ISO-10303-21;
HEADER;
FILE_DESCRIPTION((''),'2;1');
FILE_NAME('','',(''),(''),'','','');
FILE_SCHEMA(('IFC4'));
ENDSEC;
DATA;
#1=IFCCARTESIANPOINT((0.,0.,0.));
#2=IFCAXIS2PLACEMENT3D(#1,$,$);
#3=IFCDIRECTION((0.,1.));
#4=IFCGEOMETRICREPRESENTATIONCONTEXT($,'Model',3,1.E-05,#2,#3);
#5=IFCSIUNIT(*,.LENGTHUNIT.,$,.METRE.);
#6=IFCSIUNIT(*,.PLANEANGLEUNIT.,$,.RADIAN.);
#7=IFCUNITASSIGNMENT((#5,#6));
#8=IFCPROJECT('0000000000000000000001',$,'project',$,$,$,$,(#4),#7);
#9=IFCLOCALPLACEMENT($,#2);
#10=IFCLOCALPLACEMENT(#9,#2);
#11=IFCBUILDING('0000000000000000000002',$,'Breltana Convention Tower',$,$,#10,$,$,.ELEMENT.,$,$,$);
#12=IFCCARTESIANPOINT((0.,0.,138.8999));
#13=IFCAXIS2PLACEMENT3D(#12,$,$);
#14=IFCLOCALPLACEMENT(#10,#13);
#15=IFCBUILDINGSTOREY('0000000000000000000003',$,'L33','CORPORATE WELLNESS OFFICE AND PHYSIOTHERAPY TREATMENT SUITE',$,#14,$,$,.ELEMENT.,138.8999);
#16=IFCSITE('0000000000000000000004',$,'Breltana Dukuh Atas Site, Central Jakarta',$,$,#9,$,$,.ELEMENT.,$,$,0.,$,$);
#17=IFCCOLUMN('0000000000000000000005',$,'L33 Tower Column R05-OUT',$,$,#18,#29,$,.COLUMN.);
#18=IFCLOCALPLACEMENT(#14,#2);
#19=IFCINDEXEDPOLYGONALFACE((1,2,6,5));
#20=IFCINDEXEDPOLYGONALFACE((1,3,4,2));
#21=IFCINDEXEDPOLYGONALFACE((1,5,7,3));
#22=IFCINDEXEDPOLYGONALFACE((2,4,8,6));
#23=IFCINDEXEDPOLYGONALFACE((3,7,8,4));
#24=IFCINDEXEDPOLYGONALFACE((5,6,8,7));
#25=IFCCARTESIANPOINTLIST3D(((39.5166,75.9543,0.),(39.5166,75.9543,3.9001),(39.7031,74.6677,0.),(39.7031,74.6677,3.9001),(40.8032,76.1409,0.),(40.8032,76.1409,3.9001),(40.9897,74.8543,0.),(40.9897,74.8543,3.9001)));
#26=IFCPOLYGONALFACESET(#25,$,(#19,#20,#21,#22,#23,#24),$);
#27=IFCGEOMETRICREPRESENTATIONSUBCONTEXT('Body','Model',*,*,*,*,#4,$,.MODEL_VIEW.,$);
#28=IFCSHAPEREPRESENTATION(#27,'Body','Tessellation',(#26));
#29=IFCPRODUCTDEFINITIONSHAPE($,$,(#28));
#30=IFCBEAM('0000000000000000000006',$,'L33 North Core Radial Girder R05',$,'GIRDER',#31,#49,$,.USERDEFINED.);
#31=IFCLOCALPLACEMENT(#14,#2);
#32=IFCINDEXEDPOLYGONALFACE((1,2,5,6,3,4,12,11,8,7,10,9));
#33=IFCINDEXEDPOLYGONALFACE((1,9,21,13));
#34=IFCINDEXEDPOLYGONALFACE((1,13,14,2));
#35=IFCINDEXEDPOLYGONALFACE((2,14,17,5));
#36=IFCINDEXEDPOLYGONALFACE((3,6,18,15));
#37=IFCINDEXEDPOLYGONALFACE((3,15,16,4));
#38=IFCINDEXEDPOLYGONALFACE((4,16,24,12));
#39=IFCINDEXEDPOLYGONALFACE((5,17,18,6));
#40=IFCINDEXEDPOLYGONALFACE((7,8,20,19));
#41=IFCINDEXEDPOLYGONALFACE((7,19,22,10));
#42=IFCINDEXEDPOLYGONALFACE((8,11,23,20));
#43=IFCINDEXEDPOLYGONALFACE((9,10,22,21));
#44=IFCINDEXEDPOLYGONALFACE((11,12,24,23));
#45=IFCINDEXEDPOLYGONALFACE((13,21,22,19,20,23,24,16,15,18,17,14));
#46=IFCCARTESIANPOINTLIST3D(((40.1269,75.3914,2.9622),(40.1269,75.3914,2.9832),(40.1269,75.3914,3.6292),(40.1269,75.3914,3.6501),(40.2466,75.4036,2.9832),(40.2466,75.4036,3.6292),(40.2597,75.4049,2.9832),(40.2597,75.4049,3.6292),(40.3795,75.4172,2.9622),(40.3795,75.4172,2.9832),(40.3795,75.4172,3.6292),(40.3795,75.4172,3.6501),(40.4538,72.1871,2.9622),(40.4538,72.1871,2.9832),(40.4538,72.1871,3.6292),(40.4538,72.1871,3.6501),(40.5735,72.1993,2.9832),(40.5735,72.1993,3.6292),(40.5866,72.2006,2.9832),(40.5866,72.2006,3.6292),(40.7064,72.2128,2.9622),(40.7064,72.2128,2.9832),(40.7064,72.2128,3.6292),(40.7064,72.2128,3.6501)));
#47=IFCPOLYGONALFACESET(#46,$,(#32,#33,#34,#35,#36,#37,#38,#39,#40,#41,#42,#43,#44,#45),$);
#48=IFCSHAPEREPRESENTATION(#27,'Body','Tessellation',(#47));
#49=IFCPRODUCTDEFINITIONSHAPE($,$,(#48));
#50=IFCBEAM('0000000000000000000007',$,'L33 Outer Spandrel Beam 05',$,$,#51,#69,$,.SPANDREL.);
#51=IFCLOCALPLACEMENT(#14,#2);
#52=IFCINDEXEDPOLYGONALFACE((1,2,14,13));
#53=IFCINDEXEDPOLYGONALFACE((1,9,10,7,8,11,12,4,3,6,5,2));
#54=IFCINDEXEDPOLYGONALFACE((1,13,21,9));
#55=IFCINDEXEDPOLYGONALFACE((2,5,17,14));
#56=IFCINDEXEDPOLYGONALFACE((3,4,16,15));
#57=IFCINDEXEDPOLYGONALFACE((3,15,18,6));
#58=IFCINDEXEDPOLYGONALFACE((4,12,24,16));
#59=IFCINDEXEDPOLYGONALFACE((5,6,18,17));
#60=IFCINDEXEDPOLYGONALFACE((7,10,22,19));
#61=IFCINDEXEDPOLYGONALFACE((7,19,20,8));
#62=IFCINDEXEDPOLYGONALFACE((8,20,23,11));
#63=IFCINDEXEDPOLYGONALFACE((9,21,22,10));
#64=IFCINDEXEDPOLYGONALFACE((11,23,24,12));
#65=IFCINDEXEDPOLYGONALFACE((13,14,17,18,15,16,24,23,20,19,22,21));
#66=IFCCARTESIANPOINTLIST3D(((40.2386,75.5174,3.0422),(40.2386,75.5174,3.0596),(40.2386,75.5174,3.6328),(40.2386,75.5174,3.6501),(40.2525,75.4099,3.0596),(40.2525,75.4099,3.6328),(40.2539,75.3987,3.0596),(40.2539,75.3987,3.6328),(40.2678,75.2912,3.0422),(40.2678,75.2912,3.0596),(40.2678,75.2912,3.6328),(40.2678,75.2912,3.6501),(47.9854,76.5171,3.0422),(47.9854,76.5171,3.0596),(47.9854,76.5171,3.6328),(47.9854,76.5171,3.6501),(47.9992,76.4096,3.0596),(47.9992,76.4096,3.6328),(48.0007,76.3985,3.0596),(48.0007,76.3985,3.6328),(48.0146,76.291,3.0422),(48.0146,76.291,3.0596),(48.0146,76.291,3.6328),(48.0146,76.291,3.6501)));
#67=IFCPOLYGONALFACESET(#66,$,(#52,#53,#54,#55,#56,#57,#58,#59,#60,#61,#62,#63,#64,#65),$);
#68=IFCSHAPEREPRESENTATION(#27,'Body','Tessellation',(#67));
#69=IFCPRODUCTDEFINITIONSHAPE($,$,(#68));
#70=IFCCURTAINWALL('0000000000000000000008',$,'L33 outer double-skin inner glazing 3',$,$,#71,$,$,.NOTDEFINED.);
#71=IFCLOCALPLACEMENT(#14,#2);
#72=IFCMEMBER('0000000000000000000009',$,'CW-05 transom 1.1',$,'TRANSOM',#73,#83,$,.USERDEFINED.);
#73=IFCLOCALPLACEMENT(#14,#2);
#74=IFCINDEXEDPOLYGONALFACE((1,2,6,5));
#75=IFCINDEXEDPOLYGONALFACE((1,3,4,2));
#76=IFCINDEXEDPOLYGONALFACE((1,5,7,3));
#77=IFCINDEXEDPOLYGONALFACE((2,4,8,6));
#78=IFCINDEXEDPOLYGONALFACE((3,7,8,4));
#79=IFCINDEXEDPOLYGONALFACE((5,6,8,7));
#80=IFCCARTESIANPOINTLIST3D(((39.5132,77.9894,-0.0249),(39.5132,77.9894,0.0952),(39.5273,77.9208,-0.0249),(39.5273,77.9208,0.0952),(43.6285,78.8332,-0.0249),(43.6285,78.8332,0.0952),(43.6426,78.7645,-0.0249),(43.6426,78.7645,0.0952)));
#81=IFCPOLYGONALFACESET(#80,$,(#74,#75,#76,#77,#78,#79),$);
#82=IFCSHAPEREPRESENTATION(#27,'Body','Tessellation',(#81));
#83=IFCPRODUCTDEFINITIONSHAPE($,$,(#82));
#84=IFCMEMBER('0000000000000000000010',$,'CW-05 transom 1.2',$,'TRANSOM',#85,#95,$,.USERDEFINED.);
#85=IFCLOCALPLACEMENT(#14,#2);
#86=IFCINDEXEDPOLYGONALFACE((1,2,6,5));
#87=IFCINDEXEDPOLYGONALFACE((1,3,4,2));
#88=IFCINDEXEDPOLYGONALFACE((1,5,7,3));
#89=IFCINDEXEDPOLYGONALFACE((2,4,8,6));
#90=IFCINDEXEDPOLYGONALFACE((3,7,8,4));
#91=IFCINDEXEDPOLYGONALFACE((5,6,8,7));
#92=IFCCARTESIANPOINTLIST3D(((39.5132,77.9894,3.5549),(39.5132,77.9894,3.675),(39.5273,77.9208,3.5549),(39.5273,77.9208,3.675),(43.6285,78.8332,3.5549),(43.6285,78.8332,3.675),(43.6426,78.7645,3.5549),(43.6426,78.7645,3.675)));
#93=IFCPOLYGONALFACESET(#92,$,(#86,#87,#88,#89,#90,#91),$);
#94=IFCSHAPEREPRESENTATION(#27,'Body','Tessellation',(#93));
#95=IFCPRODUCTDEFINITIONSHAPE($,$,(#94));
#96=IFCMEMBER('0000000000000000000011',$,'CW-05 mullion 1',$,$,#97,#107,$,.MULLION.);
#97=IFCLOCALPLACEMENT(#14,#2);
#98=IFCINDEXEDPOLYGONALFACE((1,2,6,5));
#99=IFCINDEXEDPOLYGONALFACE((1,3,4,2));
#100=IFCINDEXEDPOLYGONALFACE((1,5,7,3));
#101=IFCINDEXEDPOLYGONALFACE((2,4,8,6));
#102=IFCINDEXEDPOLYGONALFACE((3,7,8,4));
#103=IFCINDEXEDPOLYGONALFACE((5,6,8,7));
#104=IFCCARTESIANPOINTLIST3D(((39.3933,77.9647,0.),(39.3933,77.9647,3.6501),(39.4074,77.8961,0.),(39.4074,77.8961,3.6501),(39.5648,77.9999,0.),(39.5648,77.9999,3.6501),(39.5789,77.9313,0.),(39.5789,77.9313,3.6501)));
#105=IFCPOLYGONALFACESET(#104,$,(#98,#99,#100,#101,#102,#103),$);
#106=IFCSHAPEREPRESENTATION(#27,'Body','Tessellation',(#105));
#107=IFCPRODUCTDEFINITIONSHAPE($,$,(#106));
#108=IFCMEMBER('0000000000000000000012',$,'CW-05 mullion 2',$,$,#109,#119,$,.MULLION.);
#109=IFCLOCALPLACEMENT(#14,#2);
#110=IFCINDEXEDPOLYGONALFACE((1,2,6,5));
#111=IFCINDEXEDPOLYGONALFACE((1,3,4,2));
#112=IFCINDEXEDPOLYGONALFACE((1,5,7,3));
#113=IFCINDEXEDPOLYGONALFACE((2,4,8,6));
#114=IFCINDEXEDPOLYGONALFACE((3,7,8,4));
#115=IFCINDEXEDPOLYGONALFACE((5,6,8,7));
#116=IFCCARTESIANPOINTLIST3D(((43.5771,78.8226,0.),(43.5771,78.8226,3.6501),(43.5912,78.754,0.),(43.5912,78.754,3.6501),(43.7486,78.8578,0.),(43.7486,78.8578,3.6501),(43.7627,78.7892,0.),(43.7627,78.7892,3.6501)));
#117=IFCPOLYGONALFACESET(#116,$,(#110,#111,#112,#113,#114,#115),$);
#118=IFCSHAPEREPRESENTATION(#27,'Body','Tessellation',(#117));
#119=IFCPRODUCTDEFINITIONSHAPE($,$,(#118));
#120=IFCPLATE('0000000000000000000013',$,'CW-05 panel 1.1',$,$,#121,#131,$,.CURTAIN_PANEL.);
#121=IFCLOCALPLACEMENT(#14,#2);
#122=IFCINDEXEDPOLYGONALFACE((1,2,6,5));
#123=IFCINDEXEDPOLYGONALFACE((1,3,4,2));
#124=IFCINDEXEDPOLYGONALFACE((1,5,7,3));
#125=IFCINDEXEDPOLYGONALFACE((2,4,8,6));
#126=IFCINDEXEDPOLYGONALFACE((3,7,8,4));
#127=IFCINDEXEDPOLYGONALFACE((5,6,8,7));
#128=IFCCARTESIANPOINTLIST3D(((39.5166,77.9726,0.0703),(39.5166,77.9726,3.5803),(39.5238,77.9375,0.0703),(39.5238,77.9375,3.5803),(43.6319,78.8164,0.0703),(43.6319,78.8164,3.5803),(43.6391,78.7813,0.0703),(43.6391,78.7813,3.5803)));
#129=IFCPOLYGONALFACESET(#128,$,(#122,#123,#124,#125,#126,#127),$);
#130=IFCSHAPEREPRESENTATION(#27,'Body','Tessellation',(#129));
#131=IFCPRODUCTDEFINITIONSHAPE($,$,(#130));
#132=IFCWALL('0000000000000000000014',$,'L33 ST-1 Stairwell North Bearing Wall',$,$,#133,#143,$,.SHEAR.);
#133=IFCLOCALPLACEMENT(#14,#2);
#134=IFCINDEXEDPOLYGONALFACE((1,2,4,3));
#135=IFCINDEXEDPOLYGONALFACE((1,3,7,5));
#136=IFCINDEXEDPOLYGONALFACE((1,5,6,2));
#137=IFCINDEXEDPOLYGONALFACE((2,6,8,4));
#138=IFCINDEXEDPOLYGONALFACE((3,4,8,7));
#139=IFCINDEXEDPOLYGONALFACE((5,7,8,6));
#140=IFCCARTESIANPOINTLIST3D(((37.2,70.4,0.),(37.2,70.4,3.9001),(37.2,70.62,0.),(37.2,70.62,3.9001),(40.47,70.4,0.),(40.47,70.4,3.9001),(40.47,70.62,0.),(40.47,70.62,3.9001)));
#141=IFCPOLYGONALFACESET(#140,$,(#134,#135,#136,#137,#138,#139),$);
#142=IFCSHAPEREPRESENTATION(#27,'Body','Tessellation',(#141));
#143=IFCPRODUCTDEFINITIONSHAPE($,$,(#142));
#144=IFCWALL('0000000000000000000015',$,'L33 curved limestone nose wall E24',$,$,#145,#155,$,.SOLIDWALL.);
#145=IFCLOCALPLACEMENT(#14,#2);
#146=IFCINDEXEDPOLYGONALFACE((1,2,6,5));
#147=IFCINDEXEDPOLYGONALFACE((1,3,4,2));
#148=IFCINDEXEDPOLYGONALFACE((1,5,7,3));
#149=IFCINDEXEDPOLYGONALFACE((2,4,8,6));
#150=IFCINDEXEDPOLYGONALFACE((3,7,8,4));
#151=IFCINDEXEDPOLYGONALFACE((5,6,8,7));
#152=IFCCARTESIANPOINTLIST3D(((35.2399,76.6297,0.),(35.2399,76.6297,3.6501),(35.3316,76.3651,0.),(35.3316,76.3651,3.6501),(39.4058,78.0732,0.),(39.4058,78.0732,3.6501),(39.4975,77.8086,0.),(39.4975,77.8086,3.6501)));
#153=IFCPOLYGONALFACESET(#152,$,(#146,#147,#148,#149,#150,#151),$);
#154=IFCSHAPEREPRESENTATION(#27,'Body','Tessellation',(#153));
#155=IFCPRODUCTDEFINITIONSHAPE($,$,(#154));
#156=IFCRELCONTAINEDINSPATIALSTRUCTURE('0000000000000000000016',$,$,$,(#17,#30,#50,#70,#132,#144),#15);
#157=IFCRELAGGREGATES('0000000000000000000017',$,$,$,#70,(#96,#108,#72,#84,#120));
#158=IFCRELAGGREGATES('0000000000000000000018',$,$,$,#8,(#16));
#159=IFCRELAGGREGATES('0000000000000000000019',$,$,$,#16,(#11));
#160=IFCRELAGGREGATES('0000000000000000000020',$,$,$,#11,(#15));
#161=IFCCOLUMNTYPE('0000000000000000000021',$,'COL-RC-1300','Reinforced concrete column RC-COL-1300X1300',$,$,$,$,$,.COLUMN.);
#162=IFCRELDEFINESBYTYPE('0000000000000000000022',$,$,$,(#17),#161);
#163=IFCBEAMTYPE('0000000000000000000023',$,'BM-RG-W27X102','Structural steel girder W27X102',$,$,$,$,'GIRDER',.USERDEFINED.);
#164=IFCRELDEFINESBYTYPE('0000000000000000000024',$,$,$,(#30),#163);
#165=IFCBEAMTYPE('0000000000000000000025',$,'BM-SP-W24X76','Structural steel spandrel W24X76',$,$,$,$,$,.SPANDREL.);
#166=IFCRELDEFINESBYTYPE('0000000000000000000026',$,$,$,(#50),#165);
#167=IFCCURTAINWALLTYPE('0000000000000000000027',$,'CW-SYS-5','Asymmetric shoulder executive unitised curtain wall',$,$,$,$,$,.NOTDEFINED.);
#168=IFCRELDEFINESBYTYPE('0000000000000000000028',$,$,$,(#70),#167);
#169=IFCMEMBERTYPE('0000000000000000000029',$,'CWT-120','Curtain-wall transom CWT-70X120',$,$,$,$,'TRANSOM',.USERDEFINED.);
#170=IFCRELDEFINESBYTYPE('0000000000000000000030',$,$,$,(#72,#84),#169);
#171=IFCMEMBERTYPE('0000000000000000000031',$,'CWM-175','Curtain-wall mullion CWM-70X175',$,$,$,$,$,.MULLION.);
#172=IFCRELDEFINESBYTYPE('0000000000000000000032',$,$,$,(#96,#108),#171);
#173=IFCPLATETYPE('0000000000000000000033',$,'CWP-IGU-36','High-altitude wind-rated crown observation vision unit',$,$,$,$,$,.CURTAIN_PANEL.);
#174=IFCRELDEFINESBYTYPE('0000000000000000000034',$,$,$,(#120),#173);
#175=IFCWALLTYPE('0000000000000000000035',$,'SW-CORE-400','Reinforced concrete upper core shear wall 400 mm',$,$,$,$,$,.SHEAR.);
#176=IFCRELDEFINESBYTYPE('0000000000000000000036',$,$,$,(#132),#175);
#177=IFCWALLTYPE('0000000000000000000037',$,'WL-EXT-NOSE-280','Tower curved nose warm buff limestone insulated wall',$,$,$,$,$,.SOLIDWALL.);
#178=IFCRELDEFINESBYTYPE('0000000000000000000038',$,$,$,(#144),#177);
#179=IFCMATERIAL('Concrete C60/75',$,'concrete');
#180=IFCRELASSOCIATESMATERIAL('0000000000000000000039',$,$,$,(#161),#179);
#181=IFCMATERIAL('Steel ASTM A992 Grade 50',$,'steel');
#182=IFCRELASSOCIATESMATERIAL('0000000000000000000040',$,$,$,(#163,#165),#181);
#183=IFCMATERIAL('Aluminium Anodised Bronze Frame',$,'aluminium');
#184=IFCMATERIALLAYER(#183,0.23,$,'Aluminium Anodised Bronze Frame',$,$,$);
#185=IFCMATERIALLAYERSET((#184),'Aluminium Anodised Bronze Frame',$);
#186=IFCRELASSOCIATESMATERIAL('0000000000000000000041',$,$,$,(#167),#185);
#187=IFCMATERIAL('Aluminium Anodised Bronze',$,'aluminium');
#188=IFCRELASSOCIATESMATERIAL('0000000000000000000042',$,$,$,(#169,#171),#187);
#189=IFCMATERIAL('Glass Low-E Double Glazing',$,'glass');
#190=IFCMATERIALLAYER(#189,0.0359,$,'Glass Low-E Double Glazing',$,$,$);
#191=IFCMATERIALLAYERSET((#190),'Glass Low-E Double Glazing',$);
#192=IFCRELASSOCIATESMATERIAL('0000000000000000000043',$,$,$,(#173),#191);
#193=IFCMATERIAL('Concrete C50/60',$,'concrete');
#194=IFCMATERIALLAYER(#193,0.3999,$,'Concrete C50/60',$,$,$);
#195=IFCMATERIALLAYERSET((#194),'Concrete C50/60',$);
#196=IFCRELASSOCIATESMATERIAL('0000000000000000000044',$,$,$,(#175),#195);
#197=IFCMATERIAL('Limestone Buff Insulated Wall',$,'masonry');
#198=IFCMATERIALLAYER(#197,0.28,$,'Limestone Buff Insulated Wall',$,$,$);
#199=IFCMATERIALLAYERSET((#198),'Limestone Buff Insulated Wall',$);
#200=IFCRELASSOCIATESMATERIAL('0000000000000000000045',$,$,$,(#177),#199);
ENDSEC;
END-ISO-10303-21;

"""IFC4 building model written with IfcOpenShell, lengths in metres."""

from ifc_helpers import new_model, si_unit, direction, frame, frame_2d, origin, origin_2d, place, context, subcontext, project, spatial, rectangle, i_section, extrude, source, transform, mapped, material, layer, layer_set, material_profile, profile_set, type_object, element, aggregate, save


model = new_model("IFC4")

# Units and contexts
model_context = context("Model", 3, precision=1e-05, world=origin(), true_north=direction((0.0, 1.0)))
body_context = subcontext(model_context, "Body", "Model", "MODEL_VIEW")
ifc_project = project(units=[si_unit("LENGTHUNIT", "METRE"), si_unit("PLANEANGLEUNIT", "RADIAN")], contexts=[model_context])

# Site, building, storey
site_placement = place(None, origin())
site = spatial("IfcSite", under=ifc_project, at=site_placement, Name="Breltana Dukuh Atas Site, Central Jakarta", CompositionType="ELEMENT", RefElevation=0.0)
building_placement = place(site_placement, origin())
building = spatial("IfcBuilding", under=site, at=building_placement, Name="Breltana Convention Tower", CompositionType="ELEMENT")
storey_placement = place(building_placement, frame((0.0, 0.0, 138.8999)))
storey = spatial("IfcBuildingStorey", under=building, at=storey_placement, Name="L33", Description="CORPORATE WELLNESS OFFICE AND PHYSIOTHERAPY TREATMENT SUITE", CompositionType="ELEMENT", Elevation=138.8999)

# Column
ifc_material_1 = material(Name="Concrete C60/75", Category="concrete")
ifc_material_profile_1 = material_profile(ifc_material_1, rectangle(XDim=1.3, YDim=1.3, at=origin_2d()), Name="RC-COL-1300X1300")
ifc_profile_set_1 = profile_set([ifc_material_profile_1], Name="Concrete C60/75")
column_type = type_object("IfcColumnType", Name="COL-RC-1300", Description="Reinforced concrete column RC-COL-1300X1300", PredefinedType="COLUMN", material=ifc_profile_set_1)
shared_shape_1 = source(origin(), body_context, "Body", "SweptSolid", [
    extrude(rectangle(XDim=1.3, YDim=1.3, at=origin_2d()), origin(), (0.0, 0.0, 1.0), 3.9001),
])
column_placement = place(storey_placement, frame((40.2532, 75.4043, 0.0), z_axis=(0.0, 0.0, 1.0), x_axis=(-0.143493, 0.989651, 0.0)))
element("IfcColumn", 1, at=column_placement, inside=storey, type_object=column_type, Name="L33 Tower Column R05-OUT", PredefinedType="COLUMN", context=body_context, shape_type="MappedRepresentation", body=[
    mapped(shared_shape_1, transform((0.0, 0.0, 0.0), scale=1.0)),
])

# Beams
ifc_material_2 = material(Name="Steel ASTM A992 Grade 50", Category="steel")
ifc_material_profile_2 = material_profile(ifc_material_2, i_section(OverallWidth=0.2539, OverallDepth=0.688, WebThickness=0.0132, FlangeThickness=0.021, at=origin_2d()), Name="W27X102")
ifc_profile_set_2 = profile_set([ifc_material_profile_2], Name="Steel ASTM A992 Grade 50")
beam_type_1 = type_object("IfcBeamType", Name="BM-RG-W27X102", Description="Structural steel girder W27X102", ElementType="GIRDER", PredefinedType="USERDEFINED", material=ifc_profile_set_2)
shared_shape_2 = source(origin(), body_context, "Body", "SweptSolid", [
    extrude(i_section(OverallWidth=0.2539, OverallDepth=0.688, WebThickness=0.0132, FlangeThickness=0.021, at=origin_2d()), origin(), (0.0, 0.0, 1.0), 3.2209),
])
beam_1_placement = place(storey_placement, frame((40.5801, 72.2, 3.3062), z_axis=(-0.101492, 0.994836, 0.0), x_axis=(-0.994836, -0.101492, 0.0)))
element("IfcBeam", 2, at=beam_1_placement, inside=storey, type_object=beam_type_1, Name="L33 North Core Radial Girder R05", ObjectType="GIRDER", PredefinedType="USERDEFINED", context=body_context, shape_type="MappedRepresentation", body=[
    mapped(shared_shape_2, transform((0.0, 0.0, 0.0), scale=1.0)),
])
ifc_material_profile_3 = material_profile(ifc_material_2, i_section(OverallWidth=0.228, OverallDepth=0.6079, WebThickness=0.0112, FlangeThickness=0.0173, at=origin_2d()), Name="W24X76")
ifc_profile_set_3 = profile_set([ifc_material_profile_3], Name="Steel ASTM A992 Grade 50")
beam_type_2 = type_object("IfcBeamType", Name="BM-SP-W24X76", Description="Structural steel spandrel W24X76", PredefinedType="SPANDREL", material=ifc_profile_set_3)
shared_shape_3 = source(origin(), body_context, "Body", "SweptSolid", [
    extrude(i_section(OverallWidth=0.228, OverallDepth=0.6079, WebThickness=0.0112, FlangeThickness=0.0173, at=origin_2d()), origin(), (0.0, 0.0, 1.0), 7.811),
])
beam_2_placement = place(storey_placement, frame((40.2532, 75.4043, 3.3462), z_axis=(0.991775, 0.127992, 0.0), x_axis=(-0.127992, 0.991775, 0.0)))
element("IfcBeam", 3, at=beam_2_placement, inside=storey, type_object=beam_type_2, Name="L33 Outer Spandrel Beam 05", PredefinedType="SPANDREL", context=body_context, shape_type="MappedRepresentation", body=[
    mapped(shared_shape_3, transform((0.0, 0.0, 0.0), scale=1.0)),
])

# Curtain wall, members, plate
ifc_material_3 = material(Name="Aluminium Anodised Bronze Frame", Category="aluminium")
ifc_layer_1 = layer(ifc_material_3, 0.23, Name="Aluminium Anodised Bronze Frame")
ifc_layer_set_1 = layer_set([ifc_layer_1], Name="Aluminium Anodised Bronze Frame")
curtain_wall_type = type_object("IfcCurtainWallType", Name="CW-SYS-5", Description="Asymmetric shoulder executive unitised curtain wall", PredefinedType="NOTDEFINED", material=ifc_layer_set_1)
curtain_wall_placement = place(storey_placement, origin())
curtain_wall = element("IfcCurtainWall", 4, at=curtain_wall_placement, inside=storey, type_object=curtain_wall_type, Name="L33 outer double-skin inner glazing 3", PredefinedType="NOTDEFINED")
ifc_material_4 = material(Name="Aluminium Anodised Bronze", Category="aluminium")
ifc_material_profile_4 = material_profile(ifc_material_4, rectangle(XDim=0.0701, YDim=0.1201, at=origin_2d()), Name="CWT-70X120")
ifc_profile_set_4 = profile_set([ifc_material_profile_4], Name="Aluminium Anodised Bronze")
member_type_1 = type_object("IfcMemberType", Name="CWT-120", Description="Curtain-wall transom CWT-70X120", ElementType="TRANSOM", PredefinedType="USERDEFINED", material=ifc_profile_set_4)
shared_shape_4 = source(origin(), body_context, "Body", "SweptSolid", [
    extrude(rectangle(XDim=0.0701, YDim=0.1201, at=origin_2d()), origin(), (0.0, 0.0, 1.0), 4.2009),
])
member_1_placement = place(storey_placement, frame((39.5203, 77.9551, 0.0352), z_axis=(0.979621, 0.200853, 0.0), x_axis=(-0.200853, 0.979621, 0.0)))
member_1 = element("IfcMember", 5, at=member_1_placement, type_object=member_type_1, Name="CW-05 transom 1.1", ObjectType="TRANSOM", PredefinedType="USERDEFINED", context=body_context, shape_type="MappedRepresentation", body=[
    mapped(shared_shape_4, transform((0.0, 0.0, 0.0), scale=1.0)),
])
member_2_placement = place(storey_placement, frame((39.5203, 77.9551, 3.615), z_axis=(0.979621, 0.200853, 0.0), x_axis=(-0.200853, 0.979621, 0.0)))
member_2 = element("IfcMember", 6, at=member_2_placement, type_object=member_type_1, Name="CW-05 transom 1.2", ObjectType="TRANSOM", PredefinedType="USERDEFINED", context=body_context, shape_type="MappedRepresentation", body=[
    mapped(shared_shape_4, transform((0.0, 0.0, 0.0), scale=1.0)),
])
ifc_material_profile_5 = material_profile(ifc_material_4, rectangle(XDim=0.0701, YDim=0.175, at=origin_2d()), Name="CWM-70X175")
ifc_profile_set_5 = profile_set([ifc_material_profile_5], Name="Aluminium Anodised Bronze")
member_type_2 = type_object("IfcMemberType", Name="CWM-175", Description="Curtain-wall mullion CWM-70X175", PredefinedType="MULLION", material=ifc_profile_set_5)
shared_shape_5 = source(origin(), body_context, "Body", "SweptSolid", [
    extrude(rectangle(XDim=0.0701, YDim=0.175, at=origin_2d()), origin(), (0.0, 0.0, 1.0), 3.6501),
])
member_3_placement = place(storey_placement, frame((39.4861, 77.948, 0.0), z_axis=(0.0, 0.0, 1.0), x_axis=(-0.200859, 0.97962, 0.0)))
member_3 = element("IfcMember", 7, at=member_3_placement, type_object=member_type_2, Name="CW-05 mullion 1", PredefinedType="MULLION", context=body_context, shape_type="MappedRepresentation", body=[
    mapped(shared_shape_5, transform((0.0, 0.0, 0.0), scale=1.0)),
])
member_4_placement = place(storey_placement, frame((43.6699, 78.8059, 0.0), z_axis=(0.0, 0.0, 1.0), x_axis=(-0.200859, 0.97962, 0.0)))
member_4 = element("IfcMember", 8, at=member_4_placement, type_object=member_type_2, Name="CW-05 mullion 2", PredefinedType="MULLION", context=body_context, shape_type="MappedRepresentation", body=[
    mapped(shared_shape_5, transform((0.0, 0.0, 0.0), scale=1.0)),
])
ifc_material_5 = material(Name="Glass Low-E Double Glazing", Category="glass")
ifc_layer_2 = layer(ifc_material_5, 0.0359, Name="Glass Low-E Double Glazing")
ifc_layer_set_2 = layer_set([ifc_layer_2], Name="Glass Low-E Double Glazing")
plate_type = type_object("IfcPlateType", Name="CWP-IGU-36", Description="High-altitude wind-rated crown observation vision unit", PredefinedType="CURTAIN_PANEL", material=ifc_layer_set_2)
shared_shape_6 = source(origin(), body_context, "Body", "SweptSolid", [
    extrude(rectangle(XDim=4.2009, YDim=0.0359, at=origin_2d()), origin(), (0.0, 0.0, 1.0), 3.51),
])
plate_placement = place(storey_placement, frame((41.5779, 78.377, 0.0703), z_axis=(0.0, 0.0, 1.0), x_axis=(0.97962, 0.200859, 0.0)))
plate = element("IfcPlate", 9, at=plate_placement, type_object=plate_type, Name="CW-05 panel 1.1", PredefinedType="CURTAIN_PANEL", context=body_context, shape_type="MappedRepresentation", body=[
    mapped(shared_shape_6, transform((0.0, 0.0, 0.0), scale=1.0)),
])
aggregate(curtain_wall, [member_3, member_4, member_1, member_2, plate])

# Walls
ifc_material_6 = material(Name="Concrete C50/60", Category="concrete")
ifc_layer_3 = layer(ifc_material_6, 0.3999, Name="Concrete C50/60")
ifc_layer_set_3 = layer_set([ifc_layer_3], Name="Concrete C50/60")
wall_type_1 = type_object("IfcWallType", Name="SW-CORE-400", Description="Reinforced concrete upper core shear wall 400 mm", PredefinedType="SHEAR", material=ifc_layer_set_3)
shared_shape_7 = source(origin(), body_context, "Body", "SweptSolid", [
    extrude(rectangle(XDim=3.27, YDim=0.22, at=frame_2d((1.635, 0.0))), origin(), (0.0, 0.0, 1.0), 3.9001),
])
wall_1_placement = place(storey_placement, frame((37.2, 70.51, 0.0), z_axis=(0.0, 0.0, 1.0), x_axis=(1.0, 0.0, 0.0)))
element("IfcWall", 10, at=wall_1_placement, inside=storey, type_object=wall_type_1, Name="L33 ST-1 Stairwell North Bearing Wall", PredefinedType="SHEAR", context=body_context, shape_type="MappedRepresentation", body=[
    mapped(shared_shape_7, transform((0.0, 0.0, 0.0), scale=1.0)),
])
ifc_material_7 = material(Name="Limestone Buff Insulated Wall", Category="masonry")
ifc_layer_4 = layer(ifc_material_7, 0.28, Name="Limestone Buff Insulated Wall")
ifc_layer_set_4 = layer_set([ifc_layer_4], Name="Limestone Buff Insulated Wall")
wall_type_2 = type_object("IfcWallType", Name="WL-EXT-NOSE-280", Description="Tower curved nose warm buff limestone insulated wall", PredefinedType="SOLIDWALL", material=ifc_layer_set_4)
shared_shape_8 = source(origin(), body_context, "Body", "SweptSolid", [
    extrude(rectangle(XDim=4.4089, YDim=0.28, at=frame_2d((2.2046, 0.0))), origin(), (0.0, 0.0, 1.0), 3.6501),
])
wall_2_placement = place(storey_placement, frame((35.2856, 76.4973, 0.0), z_axis=(0.0, 0.0, 1.0), x_axis=(0.944879, 0.327419, 0.0)))
element("IfcWall", 11, at=wall_2_placement, inside=storey, type_object=wall_type_2, Name="L33 curved limestone nose wall E24", PredefinedType="SOLIDWALL", context=body_context, shape_type="MappedRepresentation", body=[
    mapped(shared_shape_8, transform((0.0, 0.0, 0.0), scale=1.0)),
])

save(model, "model.ifc")
